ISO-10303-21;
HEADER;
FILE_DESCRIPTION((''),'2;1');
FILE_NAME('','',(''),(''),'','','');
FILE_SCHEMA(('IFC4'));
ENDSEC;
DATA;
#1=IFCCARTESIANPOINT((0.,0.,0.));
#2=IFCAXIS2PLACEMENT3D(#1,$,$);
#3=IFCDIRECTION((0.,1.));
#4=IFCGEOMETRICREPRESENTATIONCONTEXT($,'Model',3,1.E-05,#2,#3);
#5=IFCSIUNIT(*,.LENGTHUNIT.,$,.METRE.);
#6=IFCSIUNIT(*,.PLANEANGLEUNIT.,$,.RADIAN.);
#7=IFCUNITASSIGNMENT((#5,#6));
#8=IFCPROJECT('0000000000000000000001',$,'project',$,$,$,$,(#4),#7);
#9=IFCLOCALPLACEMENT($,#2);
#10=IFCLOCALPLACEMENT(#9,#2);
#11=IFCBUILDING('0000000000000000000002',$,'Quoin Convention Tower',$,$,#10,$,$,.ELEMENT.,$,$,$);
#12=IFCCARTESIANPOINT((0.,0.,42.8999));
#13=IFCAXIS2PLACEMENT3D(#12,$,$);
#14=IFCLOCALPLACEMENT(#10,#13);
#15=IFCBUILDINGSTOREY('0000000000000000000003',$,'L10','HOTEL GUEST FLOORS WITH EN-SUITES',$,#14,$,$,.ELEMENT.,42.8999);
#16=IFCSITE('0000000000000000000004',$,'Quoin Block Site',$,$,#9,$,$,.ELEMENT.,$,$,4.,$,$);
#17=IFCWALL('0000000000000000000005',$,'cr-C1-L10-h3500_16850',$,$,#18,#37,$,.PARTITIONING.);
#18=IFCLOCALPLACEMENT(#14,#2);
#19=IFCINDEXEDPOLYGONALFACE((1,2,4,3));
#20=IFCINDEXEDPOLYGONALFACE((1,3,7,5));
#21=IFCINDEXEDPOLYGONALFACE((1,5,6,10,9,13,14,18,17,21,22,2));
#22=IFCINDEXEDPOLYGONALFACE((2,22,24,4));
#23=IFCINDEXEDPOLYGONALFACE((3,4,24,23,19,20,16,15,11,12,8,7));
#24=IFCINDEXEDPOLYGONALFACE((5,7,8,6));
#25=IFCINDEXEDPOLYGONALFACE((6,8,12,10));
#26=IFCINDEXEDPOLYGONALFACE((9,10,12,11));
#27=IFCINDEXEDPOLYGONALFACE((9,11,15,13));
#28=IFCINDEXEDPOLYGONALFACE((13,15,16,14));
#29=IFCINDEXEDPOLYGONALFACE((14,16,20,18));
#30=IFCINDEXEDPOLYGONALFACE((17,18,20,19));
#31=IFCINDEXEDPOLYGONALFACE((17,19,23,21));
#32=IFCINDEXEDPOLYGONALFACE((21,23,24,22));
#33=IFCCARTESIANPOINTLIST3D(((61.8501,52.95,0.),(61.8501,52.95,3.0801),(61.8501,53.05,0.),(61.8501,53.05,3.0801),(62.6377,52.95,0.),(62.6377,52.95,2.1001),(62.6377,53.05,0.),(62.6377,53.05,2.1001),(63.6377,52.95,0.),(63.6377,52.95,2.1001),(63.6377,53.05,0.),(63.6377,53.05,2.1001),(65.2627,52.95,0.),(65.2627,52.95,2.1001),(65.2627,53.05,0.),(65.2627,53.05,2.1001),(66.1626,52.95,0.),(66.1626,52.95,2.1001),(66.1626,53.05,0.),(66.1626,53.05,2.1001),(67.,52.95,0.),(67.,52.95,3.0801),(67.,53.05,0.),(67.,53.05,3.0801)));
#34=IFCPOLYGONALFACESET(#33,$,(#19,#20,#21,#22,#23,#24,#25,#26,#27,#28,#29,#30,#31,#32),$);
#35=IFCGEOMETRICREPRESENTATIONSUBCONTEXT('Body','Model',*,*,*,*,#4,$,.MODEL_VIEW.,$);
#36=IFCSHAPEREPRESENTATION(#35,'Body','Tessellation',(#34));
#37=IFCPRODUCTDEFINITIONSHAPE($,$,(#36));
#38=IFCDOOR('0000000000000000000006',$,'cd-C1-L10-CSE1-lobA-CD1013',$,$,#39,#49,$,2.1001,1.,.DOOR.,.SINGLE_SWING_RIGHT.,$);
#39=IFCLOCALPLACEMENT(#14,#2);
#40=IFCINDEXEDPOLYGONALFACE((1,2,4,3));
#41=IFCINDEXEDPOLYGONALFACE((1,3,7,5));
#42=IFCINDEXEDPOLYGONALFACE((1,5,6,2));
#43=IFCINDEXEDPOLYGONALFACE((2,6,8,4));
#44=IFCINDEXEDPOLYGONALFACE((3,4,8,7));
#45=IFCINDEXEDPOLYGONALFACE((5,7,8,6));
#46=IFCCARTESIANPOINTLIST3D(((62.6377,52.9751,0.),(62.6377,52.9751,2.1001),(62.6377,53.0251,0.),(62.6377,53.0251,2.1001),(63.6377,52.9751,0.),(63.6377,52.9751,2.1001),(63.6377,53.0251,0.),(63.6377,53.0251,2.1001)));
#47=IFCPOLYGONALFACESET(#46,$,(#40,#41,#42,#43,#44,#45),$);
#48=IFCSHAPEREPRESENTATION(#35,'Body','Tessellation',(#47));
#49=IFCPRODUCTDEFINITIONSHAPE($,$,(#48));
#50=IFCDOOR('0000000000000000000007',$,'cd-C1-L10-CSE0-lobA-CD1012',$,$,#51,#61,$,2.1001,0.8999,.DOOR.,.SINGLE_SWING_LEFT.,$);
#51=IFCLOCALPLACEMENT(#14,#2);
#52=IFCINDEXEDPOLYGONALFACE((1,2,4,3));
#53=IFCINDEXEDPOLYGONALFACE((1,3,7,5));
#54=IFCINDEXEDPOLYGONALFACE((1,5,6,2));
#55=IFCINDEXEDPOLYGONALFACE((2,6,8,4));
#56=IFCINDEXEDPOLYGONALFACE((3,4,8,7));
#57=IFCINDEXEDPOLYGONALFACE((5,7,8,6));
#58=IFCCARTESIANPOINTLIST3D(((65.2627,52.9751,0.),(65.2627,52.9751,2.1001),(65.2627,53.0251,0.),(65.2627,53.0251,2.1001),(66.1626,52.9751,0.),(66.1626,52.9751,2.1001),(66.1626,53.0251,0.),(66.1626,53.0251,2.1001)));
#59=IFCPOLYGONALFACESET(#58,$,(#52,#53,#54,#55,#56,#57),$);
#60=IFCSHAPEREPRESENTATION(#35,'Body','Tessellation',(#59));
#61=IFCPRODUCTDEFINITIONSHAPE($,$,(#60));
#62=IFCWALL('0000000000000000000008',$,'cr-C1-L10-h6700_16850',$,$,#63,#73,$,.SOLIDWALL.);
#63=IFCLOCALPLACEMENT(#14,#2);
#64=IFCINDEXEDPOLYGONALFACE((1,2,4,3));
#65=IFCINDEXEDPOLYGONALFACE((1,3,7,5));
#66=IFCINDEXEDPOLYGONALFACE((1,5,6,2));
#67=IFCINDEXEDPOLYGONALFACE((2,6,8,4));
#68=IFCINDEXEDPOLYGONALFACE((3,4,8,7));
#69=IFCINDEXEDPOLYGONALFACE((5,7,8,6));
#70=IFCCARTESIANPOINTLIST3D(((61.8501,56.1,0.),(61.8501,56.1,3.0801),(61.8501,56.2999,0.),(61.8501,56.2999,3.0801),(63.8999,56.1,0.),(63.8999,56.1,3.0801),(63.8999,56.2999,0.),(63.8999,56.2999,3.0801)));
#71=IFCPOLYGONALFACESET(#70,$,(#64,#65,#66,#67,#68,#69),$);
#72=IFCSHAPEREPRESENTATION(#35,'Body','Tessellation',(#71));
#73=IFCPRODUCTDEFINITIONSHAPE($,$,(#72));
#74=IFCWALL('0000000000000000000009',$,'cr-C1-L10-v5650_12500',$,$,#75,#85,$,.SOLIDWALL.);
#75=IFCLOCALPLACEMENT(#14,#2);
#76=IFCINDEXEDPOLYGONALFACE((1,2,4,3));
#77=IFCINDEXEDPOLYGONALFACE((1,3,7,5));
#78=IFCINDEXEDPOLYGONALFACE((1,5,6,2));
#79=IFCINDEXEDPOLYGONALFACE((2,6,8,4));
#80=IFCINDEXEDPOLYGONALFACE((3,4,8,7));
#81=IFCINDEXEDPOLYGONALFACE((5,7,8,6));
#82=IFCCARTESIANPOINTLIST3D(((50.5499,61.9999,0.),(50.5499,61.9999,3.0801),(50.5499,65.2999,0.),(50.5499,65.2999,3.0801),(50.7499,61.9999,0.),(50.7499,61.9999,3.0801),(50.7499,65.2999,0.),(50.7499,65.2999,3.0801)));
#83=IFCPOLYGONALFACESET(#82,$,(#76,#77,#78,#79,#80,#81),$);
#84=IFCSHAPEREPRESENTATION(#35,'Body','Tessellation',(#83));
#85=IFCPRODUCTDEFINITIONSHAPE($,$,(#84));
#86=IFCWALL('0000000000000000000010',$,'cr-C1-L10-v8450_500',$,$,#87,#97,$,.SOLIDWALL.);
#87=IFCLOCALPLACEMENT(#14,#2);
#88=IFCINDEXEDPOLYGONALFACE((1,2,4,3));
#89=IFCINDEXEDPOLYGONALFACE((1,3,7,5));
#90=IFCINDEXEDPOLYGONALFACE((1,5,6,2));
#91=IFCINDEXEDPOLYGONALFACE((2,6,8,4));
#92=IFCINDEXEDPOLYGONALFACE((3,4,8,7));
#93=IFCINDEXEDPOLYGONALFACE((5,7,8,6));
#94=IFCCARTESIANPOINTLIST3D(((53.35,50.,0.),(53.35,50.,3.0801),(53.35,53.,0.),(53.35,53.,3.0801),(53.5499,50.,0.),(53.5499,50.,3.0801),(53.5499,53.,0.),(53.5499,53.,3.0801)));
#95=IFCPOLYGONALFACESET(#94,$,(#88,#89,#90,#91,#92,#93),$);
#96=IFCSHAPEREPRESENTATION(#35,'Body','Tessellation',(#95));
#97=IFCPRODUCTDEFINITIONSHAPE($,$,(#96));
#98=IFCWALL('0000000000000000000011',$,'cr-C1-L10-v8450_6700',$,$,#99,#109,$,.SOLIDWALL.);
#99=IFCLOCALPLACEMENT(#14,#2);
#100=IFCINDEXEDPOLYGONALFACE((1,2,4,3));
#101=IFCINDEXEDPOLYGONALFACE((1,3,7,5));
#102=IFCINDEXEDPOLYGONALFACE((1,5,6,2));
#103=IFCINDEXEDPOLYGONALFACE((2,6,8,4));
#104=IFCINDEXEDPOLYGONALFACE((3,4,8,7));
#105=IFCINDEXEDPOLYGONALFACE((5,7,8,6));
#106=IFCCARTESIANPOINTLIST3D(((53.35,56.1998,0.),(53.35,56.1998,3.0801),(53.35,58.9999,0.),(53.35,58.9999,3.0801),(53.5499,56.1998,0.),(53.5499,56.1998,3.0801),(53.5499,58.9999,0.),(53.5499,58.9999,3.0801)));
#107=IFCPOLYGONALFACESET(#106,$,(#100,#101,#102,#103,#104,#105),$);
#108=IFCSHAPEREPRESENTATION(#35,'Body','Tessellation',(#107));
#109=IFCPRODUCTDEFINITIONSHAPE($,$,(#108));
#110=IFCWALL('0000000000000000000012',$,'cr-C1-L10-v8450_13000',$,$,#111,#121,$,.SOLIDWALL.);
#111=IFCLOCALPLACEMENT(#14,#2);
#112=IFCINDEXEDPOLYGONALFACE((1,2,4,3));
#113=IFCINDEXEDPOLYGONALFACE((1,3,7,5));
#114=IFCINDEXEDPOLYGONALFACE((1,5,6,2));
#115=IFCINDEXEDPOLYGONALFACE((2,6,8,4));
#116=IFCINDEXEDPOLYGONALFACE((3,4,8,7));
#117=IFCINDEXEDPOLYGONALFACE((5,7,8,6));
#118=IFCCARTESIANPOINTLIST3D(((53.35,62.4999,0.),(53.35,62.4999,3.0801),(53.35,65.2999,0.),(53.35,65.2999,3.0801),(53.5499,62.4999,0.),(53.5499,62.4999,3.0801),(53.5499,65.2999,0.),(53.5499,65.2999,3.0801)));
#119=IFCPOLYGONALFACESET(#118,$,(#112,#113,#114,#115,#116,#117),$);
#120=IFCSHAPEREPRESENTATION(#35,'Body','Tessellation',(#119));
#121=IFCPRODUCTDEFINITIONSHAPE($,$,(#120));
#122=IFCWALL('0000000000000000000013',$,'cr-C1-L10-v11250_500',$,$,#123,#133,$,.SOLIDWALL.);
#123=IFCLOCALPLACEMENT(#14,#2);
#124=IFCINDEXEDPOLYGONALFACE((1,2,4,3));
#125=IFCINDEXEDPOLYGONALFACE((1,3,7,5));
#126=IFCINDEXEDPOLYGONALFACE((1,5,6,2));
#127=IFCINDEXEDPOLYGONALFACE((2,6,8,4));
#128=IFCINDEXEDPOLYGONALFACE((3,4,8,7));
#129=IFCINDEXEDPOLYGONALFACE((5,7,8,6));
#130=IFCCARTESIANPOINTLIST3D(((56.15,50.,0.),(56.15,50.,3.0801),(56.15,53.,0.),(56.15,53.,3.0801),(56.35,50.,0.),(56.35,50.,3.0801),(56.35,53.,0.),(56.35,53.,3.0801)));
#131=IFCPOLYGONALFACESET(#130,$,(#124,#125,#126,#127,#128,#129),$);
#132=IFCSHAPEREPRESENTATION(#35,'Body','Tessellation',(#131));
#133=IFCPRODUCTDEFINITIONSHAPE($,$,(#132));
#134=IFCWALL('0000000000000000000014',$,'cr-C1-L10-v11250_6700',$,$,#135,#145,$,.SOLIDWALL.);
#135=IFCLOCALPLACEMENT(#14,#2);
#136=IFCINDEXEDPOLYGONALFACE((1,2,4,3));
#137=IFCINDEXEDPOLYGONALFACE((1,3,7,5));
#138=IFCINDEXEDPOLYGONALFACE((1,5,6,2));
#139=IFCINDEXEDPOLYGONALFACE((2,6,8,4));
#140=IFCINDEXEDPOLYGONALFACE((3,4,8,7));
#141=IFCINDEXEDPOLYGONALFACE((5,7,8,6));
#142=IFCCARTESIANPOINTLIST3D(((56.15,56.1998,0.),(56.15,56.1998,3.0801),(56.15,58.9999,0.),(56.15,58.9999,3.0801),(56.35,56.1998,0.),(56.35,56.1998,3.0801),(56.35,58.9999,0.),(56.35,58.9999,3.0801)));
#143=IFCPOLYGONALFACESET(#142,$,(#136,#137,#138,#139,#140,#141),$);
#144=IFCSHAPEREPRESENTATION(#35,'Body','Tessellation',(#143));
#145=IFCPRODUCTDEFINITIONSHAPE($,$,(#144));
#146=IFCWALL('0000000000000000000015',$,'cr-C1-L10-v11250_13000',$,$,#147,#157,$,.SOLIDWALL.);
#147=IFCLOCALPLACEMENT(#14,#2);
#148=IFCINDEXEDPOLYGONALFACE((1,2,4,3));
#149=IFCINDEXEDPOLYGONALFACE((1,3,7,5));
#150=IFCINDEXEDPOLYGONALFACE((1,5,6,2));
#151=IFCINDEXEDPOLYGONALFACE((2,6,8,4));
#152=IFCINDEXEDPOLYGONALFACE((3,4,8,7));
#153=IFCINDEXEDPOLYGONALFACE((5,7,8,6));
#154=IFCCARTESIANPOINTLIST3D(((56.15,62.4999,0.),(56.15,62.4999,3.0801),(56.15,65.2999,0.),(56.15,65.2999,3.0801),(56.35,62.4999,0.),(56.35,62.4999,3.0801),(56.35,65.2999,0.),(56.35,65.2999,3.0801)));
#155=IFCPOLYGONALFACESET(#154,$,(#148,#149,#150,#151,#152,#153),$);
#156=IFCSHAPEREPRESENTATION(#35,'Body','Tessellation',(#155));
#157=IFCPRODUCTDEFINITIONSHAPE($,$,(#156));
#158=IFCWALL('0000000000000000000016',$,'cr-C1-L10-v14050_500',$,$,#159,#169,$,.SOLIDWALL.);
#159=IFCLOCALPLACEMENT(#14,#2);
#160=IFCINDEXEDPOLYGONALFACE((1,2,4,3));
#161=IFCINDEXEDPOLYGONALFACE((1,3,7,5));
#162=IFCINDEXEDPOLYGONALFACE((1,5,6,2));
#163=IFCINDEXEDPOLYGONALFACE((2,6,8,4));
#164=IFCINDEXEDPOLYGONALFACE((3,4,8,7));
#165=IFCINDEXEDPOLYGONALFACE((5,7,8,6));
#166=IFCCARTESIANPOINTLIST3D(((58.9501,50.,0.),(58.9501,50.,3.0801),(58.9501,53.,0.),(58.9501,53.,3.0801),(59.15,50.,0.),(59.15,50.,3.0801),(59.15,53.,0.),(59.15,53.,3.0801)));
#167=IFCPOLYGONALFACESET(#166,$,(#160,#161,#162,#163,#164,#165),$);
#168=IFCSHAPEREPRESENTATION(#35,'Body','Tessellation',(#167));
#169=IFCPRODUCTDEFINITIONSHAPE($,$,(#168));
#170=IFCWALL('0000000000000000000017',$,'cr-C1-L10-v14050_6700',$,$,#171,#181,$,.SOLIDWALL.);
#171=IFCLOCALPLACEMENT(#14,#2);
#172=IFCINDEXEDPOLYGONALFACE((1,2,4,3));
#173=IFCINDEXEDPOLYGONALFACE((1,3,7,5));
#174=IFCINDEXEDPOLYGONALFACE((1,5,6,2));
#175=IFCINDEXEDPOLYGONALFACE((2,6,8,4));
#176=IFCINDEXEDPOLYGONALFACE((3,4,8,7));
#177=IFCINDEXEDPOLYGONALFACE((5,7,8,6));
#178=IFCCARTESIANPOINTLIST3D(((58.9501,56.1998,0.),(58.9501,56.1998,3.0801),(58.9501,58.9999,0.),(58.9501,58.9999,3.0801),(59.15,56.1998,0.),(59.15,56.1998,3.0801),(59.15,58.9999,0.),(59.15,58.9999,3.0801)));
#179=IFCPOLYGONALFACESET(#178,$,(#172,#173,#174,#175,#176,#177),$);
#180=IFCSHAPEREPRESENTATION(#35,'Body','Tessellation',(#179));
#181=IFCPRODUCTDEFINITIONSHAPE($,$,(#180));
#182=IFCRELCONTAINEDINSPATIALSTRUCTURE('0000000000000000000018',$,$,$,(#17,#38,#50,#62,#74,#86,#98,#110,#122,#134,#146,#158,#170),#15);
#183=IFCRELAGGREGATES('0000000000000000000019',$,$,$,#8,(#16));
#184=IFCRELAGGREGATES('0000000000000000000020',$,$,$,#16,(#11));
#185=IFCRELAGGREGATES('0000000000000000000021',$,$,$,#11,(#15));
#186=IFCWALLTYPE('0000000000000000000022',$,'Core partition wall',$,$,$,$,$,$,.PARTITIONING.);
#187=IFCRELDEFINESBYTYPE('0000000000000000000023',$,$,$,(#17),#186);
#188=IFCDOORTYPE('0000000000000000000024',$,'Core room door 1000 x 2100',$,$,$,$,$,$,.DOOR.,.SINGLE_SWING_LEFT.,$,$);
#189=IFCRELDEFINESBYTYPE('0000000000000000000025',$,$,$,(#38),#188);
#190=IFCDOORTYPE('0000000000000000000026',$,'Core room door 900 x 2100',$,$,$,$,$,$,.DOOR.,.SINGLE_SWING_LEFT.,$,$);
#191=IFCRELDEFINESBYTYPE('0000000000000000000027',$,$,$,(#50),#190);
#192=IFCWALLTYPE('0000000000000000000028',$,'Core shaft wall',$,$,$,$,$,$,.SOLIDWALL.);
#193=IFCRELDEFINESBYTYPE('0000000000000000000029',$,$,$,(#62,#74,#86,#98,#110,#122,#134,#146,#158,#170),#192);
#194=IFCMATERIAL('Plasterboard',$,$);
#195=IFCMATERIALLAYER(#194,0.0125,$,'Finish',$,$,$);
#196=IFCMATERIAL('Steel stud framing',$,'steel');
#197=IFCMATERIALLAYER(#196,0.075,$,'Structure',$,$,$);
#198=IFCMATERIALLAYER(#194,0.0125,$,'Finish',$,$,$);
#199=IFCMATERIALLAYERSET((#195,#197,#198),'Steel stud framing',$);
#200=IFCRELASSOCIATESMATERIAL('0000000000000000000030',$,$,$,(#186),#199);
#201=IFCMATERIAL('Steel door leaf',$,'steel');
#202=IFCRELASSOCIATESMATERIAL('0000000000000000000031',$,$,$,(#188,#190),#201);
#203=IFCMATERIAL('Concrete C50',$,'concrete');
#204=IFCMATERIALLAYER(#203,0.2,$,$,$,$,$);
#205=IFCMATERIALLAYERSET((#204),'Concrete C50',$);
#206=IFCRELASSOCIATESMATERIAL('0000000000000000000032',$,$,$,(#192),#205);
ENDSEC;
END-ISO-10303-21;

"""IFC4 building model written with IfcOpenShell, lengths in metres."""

from ifc_helpers import new_model, si_unit, direction, frame, frame_2d, origin, place, context, subcontext, project, spatial, rectangle, extrude, material, layer, layer_set, type_object, element, fill, save


model = new_model("IFC4")

# Units and contexts
model_context = context("Model", 3, precision=1e-05, world=origin(), true_north=direction((0.0, 1.0)))
body_context = subcontext(model_context, "Body", "Model", "MODEL_VIEW")
ifc_project = project(units=[si_unit("LENGTHUNIT", "METRE"), si_unit("PLANEANGLEUNIT", "RADIAN")], contexts=[model_context])

# Site, building, storey
site_placement = place(None, origin())
site = spatial("IfcSite", under=ifc_project, at=site_placement, Name="Quoin Block Site", CompositionType="ELEMENT", RefElevation=4.0)
building_placement = place(site_placement, origin())
building = spatial("IfcBuilding", under=site, at=building_placement, Name="Quoin Convention Tower", CompositionType="ELEMENT")
storey_placement = place(building_placement, frame((0.0, 0.0, 42.8999)))
storey = spatial("IfcBuildingStorey", under=building, at=storey_placement, Name="L10", Description="HOTEL GUEST FLOORS WITH EN-SUITES", CompositionType="ELEMENT", Elevation=42.8999)

# Wall, openings, doors
ifc_material_1 = material(Name="Plasterboard")
ifc_layer_1 = layer(ifc_material_1, 0.0125, Name="Finish")
ifc_material_2 = material(Name="Steel stud framing", Category="steel")
ifc_layer_2 = layer(ifc_material_2, 0.075, Name="Structure")
ifc_layer_3 = layer(ifc_material_1, 0.0125, Name="Finish")
ifc_layer_set_1 = layer_set([ifc_layer_1, ifc_layer_2, ifc_layer_3], Name="Steel stud framing")
wall_type_1 = type_object("IfcWallType", Name="Core partition wall", PredefinedType="PARTITIONING", material=ifc_layer_set_1)
wall_1_placement = place(storey_placement, frame((61.8501, 53.0, 0.0), z_axis=(0.0, 0.0, 1.0), x_axis=(1.0, 0.0, 0.0)))
wall_1 = element("IfcWall", 1, at=wall_1_placement, inside=storey, type_object=wall_type_1, Name="cr-C1-L10-h3500_16850", PredefinedType="PARTITIONING", context=body_context, shape_type="SweptSolid", body=[
    extrude(rectangle(XDim=5.1499, YDim=0.1001, at=frame_2d((2.575, 0.0))), origin(), (0.0, 0.0, 1.0), 3.0801),
])
opening_1_placement = place(wall_1_placement, frame((3.4126, 0.0, 0.0)))
opening_1 = element("IfcOpeningElement", 2, at=opening_1_placement, cuts=wall_1, PredefinedType="OPENING", context=body_context, shape_type="SweptSolid", body=[
    extrude(rectangle(XDim=0.8999, YDim=2.1001, at=frame_2d((0.45, 1.05))), frame((0.0, 0.0601, 0.0), z_axis=(0.0, -1.0, 0.0), x_axis=(1.0, 0.0, 0.0)), (0.0, 0.0, 1.0), 0.1201),
])
opening_2_placement = place(wall_1_placement, frame((0.7876, 0.0, 0.0)))
opening_2 = element("IfcOpeningElement", 3, at=opening_2_placement, cuts=wall_1, PredefinedType="OPENING", context=body_context, shape_type="SweptSolid", body=[
    extrude(rectangle(XDim=1.0, YDim=2.1001, at=frame_2d((0.5, 1.05))), frame((0.0, 0.0601, 0.0), z_axis=(0.0, -1.0, 0.0), x_axis=(1.0, 0.0, 0.0)), (0.0, 0.0, 1.0), 0.1201),
])
ifc_material_3 = material(Name="Steel door leaf", Category="steel")
door_type_1 = type_object("IfcDoorType", Name="Core room door 1000 x 2100", OperationType="SINGLE_SWING_LEFT", PredefinedType="DOOR", material=ifc_material_3)
door_1_placement = place(opening_2_placement, frame((1.0, 0.0, 0.0), z_axis=(0.0, 0.0, 1.0), x_axis=(-1.0, 0.0, 0.0)))
door_1 = element("IfcDoor", 4, at=door_1_placement, inside=storey, type_object=door_type_1, Name="cd-C1-L10-CSE1-lobA-CD1013", OperationType="SINGLE_SWING_RIGHT", OverallHeight=2.1001, OverallWidth=1.0, PredefinedType="DOOR", context=body_context, shape_type="SweptSolid", body=[
    extrude(rectangle(XDim=1.0, YDim=2.1001, at=frame_2d((0.5, 1.05))), frame((0.0, 0.0249, 0.0), z_axis=(0.0, -1.0, 0.0), x_axis=(1.0, 0.0, 0.0)), (0.0, 0.0, 1.0), 0.05),
])
fill(opening_2, door_1)
door_type_2 = type_object("IfcDoorType", Name="Core room door 900 x 2100", OperationType="SINGLE_SWING_LEFT", PredefinedType="DOOR", material=ifc_material_3)
door_2_placement = place(opening_1_placement, frame((0.8999, 0.0, 0.0), z_axis=(0.0, 0.0, 1.0), x_axis=(-1.0, 0.0, 0.0)))
door_2 = element("IfcDoor", 5, at=door_2_placement, inside=storey, type_object=door_type_2, Name="cd-C1-L10-CSE0-lobA-CD1012", OperationType="SINGLE_SWING_LEFT", OverallHeight=2.1001, OverallWidth=0.8999, PredefinedType="DOOR", context=body_context, shape_type="SweptSolid", body=[
    extrude(rectangle(XDim=0.8999, YDim=2.1001, at=frame_2d((0.45, 1.05))), frame((0.0, 0.0249, 0.0), z_axis=(0.0, -1.0, 0.0), x_axis=(1.0, 0.0, 0.0)), (0.0, 0.0, 1.0), 0.05),
])
fill(opening_1, door_2)

# Walls
ifc_material_4 = material(Name="Concrete C50", Category="concrete")
ifc_layer_4 = layer(ifc_material_4, 0.2)
ifc_layer_set_2 = layer_set([ifc_layer_4], Name="Concrete C50")
wall_type_2 = type_object("IfcWallType", Name="Core shaft wall", PredefinedType="SOLIDWALL", material=ifc_layer_set_2)
wall_2_placement = place(storey_placement, frame((61.8501, 56.2, 0.0), z_axis=(0.0, 0.0, 1.0), x_axis=(1.0, 0.0, 0.0)))
element("IfcWall", 6, at=wall_2_placement, inside=storey, type_object=wall_type_2, Name="cr-C1-L10-h6700_16850", PredefinedType="SOLIDWALL", context=body_context, shape_type="SweptSolid", body=[
    extrude(rectangle(XDim=2.0498, YDim=0.2, at=frame_2d((1.0249, 0.0))), origin(), (0.0, 0.0, 1.0), 3.0801),
])
wall_3_placement = place(storey_placement, frame((50.6499, 62.0, 0.0), z_axis=(0.0, 0.0, 1.0), x_axis=(0.0, 1.0, 0.0)))
element("IfcWall", 7, at=wall_3_placement, inside=storey, type_object=wall_type_2, Name="cr-C1-L10-v5650_12500", PredefinedType="SOLIDWALL", context=body_context, shape_type="SweptSolid", body=[
    extrude(rectangle(XDim=3.3, YDim=0.2, at=frame_2d((1.6499, 0.0))), origin(), (0.0, 0.0, 1.0), 3.0801),
])
wall_4_placement = place(storey_placement, frame((53.45, 50.0, 0.0), z_axis=(0.0, 0.0, 1.0), x_axis=(0.0, 1.0, 0.0)))
element("IfcWall", 8, at=wall_4_placement, inside=storey, type_object=wall_type_2, Name="cr-C1-L10-v8450_500", PredefinedType="SOLIDWALL", context=body_context, shape_type="SweptSolid", body=[
    extrude(rectangle(XDim=3.0, YDim=0.2, at=frame_2d((1.5, 0.0))), origin(), (0.0, 0.0, 1.0), 3.0801),
])
for number, where, z_axis, x_axis, name in (
    (9, (53.45, 56.2, 0.0), (0.0, 0.0, 1.0), (0.0, 1.0, 0.0), "cr-C1-L10-v8450_6700"),
    (10, (53.45, 62.5, 0.0), (0.0, 0.0, 1.0), (0.0, 1.0, 0.0), "cr-C1-L10-v8450_13000"),
):
    element("IfcWall", number, at=place(storey_placement, frame(where, z_axis=z_axis, x_axis=x_axis)), inside=storey, type_object=wall_type_2, Name=name, PredefinedType="SOLIDWALL", context=body_context, shape_type="SweptSolid", body=[
        extrude(rectangle(XDim=2.8, YDim=0.2, at=frame_2d((1.3999, 0.0))), origin(), (0.0, 0.0, 1.0), 3.0801),
    ])
wall_5_placement = place(storey_placement, frame((56.25, 50.0, 0.0), z_axis=(0.0, 0.0, 1.0), x_axis=(0.0, 1.0, 0.0)))
element("IfcWall", 11, at=wall_5_placement, inside=storey, type_object=wall_type_2, Name="cr-C1-L10-v11250_500", PredefinedType="SOLIDWALL", context=body_context, shape_type="SweptSolid", body=[
    extrude(rectangle(XDim=3.0, YDim=0.2, at=frame_2d((1.5, 0.0))), origin(), (0.0, 0.0, 1.0), 3.0801),
])
for number, where, z_axis, x_axis, name in (
    (12, (56.25, 56.2, 0.0), (0.0, 0.0, 1.0), (0.0, 1.0, 0.0), "cr-C1-L10-v11250_6700"),
    (13, (56.25, 62.5, 0.0), (0.0, 0.0, 1.0), (0.0, 1.0, 0.0), "cr-C1-L10-v11250_13000"),
):
    element("IfcWall", number, at=place(storey_placement, frame(where, z_axis=z_axis, x_axis=x_axis)), inside=storey, type_object=wall_type_2, Name=name, PredefinedType="SOLIDWALL", context=body_context, shape_type="SweptSolid", body=[
        extrude(rectangle(XDim=2.8, YDim=0.2, at=frame_2d((1.3999, 0.0))), origin(), (0.0, 0.0, 1.0), 3.0801),
    ])
wall_6_placement = place(storey_placement, frame((59.05, 50.0, 0.0), z_axis=(0.0, 0.0, 1.0), x_axis=(0.0, 1.0, 0.0)))
element("IfcWall", 14, at=wall_6_placement, inside=storey, type_object=wall_type_2, Name="cr-C1-L10-v14050_500", PredefinedType="SOLIDWALL", context=body_context, shape_type="SweptSolid", body=[
    extrude(rectangle(XDim=3.0, YDim=0.2, at=frame_2d((1.5, 0.0))), origin(), (0.0, 0.0, 1.0), 3.0801),
])
wall_7_placement = place(storey_placement, frame((59.05, 56.2, 0.0), z_axis=(0.0, 0.0, 1.0), x_axis=(0.0, 1.0, 0.0)))
element("IfcWall", 15, at=wall_7_placement, inside=storey, type_object=wall_type_2, Name="cr-C1-L10-v14050_6700", PredefinedType="SOLIDWALL", context=body_context, shape_type="SweptSolid", body=[
    extrude(rectangle(XDim=2.8, YDim=0.2, at=frame_2d((1.3999, 0.0))), origin(), (0.0, 0.0, 1.0), 3.0801),
])

save(model, "model.ifc")
